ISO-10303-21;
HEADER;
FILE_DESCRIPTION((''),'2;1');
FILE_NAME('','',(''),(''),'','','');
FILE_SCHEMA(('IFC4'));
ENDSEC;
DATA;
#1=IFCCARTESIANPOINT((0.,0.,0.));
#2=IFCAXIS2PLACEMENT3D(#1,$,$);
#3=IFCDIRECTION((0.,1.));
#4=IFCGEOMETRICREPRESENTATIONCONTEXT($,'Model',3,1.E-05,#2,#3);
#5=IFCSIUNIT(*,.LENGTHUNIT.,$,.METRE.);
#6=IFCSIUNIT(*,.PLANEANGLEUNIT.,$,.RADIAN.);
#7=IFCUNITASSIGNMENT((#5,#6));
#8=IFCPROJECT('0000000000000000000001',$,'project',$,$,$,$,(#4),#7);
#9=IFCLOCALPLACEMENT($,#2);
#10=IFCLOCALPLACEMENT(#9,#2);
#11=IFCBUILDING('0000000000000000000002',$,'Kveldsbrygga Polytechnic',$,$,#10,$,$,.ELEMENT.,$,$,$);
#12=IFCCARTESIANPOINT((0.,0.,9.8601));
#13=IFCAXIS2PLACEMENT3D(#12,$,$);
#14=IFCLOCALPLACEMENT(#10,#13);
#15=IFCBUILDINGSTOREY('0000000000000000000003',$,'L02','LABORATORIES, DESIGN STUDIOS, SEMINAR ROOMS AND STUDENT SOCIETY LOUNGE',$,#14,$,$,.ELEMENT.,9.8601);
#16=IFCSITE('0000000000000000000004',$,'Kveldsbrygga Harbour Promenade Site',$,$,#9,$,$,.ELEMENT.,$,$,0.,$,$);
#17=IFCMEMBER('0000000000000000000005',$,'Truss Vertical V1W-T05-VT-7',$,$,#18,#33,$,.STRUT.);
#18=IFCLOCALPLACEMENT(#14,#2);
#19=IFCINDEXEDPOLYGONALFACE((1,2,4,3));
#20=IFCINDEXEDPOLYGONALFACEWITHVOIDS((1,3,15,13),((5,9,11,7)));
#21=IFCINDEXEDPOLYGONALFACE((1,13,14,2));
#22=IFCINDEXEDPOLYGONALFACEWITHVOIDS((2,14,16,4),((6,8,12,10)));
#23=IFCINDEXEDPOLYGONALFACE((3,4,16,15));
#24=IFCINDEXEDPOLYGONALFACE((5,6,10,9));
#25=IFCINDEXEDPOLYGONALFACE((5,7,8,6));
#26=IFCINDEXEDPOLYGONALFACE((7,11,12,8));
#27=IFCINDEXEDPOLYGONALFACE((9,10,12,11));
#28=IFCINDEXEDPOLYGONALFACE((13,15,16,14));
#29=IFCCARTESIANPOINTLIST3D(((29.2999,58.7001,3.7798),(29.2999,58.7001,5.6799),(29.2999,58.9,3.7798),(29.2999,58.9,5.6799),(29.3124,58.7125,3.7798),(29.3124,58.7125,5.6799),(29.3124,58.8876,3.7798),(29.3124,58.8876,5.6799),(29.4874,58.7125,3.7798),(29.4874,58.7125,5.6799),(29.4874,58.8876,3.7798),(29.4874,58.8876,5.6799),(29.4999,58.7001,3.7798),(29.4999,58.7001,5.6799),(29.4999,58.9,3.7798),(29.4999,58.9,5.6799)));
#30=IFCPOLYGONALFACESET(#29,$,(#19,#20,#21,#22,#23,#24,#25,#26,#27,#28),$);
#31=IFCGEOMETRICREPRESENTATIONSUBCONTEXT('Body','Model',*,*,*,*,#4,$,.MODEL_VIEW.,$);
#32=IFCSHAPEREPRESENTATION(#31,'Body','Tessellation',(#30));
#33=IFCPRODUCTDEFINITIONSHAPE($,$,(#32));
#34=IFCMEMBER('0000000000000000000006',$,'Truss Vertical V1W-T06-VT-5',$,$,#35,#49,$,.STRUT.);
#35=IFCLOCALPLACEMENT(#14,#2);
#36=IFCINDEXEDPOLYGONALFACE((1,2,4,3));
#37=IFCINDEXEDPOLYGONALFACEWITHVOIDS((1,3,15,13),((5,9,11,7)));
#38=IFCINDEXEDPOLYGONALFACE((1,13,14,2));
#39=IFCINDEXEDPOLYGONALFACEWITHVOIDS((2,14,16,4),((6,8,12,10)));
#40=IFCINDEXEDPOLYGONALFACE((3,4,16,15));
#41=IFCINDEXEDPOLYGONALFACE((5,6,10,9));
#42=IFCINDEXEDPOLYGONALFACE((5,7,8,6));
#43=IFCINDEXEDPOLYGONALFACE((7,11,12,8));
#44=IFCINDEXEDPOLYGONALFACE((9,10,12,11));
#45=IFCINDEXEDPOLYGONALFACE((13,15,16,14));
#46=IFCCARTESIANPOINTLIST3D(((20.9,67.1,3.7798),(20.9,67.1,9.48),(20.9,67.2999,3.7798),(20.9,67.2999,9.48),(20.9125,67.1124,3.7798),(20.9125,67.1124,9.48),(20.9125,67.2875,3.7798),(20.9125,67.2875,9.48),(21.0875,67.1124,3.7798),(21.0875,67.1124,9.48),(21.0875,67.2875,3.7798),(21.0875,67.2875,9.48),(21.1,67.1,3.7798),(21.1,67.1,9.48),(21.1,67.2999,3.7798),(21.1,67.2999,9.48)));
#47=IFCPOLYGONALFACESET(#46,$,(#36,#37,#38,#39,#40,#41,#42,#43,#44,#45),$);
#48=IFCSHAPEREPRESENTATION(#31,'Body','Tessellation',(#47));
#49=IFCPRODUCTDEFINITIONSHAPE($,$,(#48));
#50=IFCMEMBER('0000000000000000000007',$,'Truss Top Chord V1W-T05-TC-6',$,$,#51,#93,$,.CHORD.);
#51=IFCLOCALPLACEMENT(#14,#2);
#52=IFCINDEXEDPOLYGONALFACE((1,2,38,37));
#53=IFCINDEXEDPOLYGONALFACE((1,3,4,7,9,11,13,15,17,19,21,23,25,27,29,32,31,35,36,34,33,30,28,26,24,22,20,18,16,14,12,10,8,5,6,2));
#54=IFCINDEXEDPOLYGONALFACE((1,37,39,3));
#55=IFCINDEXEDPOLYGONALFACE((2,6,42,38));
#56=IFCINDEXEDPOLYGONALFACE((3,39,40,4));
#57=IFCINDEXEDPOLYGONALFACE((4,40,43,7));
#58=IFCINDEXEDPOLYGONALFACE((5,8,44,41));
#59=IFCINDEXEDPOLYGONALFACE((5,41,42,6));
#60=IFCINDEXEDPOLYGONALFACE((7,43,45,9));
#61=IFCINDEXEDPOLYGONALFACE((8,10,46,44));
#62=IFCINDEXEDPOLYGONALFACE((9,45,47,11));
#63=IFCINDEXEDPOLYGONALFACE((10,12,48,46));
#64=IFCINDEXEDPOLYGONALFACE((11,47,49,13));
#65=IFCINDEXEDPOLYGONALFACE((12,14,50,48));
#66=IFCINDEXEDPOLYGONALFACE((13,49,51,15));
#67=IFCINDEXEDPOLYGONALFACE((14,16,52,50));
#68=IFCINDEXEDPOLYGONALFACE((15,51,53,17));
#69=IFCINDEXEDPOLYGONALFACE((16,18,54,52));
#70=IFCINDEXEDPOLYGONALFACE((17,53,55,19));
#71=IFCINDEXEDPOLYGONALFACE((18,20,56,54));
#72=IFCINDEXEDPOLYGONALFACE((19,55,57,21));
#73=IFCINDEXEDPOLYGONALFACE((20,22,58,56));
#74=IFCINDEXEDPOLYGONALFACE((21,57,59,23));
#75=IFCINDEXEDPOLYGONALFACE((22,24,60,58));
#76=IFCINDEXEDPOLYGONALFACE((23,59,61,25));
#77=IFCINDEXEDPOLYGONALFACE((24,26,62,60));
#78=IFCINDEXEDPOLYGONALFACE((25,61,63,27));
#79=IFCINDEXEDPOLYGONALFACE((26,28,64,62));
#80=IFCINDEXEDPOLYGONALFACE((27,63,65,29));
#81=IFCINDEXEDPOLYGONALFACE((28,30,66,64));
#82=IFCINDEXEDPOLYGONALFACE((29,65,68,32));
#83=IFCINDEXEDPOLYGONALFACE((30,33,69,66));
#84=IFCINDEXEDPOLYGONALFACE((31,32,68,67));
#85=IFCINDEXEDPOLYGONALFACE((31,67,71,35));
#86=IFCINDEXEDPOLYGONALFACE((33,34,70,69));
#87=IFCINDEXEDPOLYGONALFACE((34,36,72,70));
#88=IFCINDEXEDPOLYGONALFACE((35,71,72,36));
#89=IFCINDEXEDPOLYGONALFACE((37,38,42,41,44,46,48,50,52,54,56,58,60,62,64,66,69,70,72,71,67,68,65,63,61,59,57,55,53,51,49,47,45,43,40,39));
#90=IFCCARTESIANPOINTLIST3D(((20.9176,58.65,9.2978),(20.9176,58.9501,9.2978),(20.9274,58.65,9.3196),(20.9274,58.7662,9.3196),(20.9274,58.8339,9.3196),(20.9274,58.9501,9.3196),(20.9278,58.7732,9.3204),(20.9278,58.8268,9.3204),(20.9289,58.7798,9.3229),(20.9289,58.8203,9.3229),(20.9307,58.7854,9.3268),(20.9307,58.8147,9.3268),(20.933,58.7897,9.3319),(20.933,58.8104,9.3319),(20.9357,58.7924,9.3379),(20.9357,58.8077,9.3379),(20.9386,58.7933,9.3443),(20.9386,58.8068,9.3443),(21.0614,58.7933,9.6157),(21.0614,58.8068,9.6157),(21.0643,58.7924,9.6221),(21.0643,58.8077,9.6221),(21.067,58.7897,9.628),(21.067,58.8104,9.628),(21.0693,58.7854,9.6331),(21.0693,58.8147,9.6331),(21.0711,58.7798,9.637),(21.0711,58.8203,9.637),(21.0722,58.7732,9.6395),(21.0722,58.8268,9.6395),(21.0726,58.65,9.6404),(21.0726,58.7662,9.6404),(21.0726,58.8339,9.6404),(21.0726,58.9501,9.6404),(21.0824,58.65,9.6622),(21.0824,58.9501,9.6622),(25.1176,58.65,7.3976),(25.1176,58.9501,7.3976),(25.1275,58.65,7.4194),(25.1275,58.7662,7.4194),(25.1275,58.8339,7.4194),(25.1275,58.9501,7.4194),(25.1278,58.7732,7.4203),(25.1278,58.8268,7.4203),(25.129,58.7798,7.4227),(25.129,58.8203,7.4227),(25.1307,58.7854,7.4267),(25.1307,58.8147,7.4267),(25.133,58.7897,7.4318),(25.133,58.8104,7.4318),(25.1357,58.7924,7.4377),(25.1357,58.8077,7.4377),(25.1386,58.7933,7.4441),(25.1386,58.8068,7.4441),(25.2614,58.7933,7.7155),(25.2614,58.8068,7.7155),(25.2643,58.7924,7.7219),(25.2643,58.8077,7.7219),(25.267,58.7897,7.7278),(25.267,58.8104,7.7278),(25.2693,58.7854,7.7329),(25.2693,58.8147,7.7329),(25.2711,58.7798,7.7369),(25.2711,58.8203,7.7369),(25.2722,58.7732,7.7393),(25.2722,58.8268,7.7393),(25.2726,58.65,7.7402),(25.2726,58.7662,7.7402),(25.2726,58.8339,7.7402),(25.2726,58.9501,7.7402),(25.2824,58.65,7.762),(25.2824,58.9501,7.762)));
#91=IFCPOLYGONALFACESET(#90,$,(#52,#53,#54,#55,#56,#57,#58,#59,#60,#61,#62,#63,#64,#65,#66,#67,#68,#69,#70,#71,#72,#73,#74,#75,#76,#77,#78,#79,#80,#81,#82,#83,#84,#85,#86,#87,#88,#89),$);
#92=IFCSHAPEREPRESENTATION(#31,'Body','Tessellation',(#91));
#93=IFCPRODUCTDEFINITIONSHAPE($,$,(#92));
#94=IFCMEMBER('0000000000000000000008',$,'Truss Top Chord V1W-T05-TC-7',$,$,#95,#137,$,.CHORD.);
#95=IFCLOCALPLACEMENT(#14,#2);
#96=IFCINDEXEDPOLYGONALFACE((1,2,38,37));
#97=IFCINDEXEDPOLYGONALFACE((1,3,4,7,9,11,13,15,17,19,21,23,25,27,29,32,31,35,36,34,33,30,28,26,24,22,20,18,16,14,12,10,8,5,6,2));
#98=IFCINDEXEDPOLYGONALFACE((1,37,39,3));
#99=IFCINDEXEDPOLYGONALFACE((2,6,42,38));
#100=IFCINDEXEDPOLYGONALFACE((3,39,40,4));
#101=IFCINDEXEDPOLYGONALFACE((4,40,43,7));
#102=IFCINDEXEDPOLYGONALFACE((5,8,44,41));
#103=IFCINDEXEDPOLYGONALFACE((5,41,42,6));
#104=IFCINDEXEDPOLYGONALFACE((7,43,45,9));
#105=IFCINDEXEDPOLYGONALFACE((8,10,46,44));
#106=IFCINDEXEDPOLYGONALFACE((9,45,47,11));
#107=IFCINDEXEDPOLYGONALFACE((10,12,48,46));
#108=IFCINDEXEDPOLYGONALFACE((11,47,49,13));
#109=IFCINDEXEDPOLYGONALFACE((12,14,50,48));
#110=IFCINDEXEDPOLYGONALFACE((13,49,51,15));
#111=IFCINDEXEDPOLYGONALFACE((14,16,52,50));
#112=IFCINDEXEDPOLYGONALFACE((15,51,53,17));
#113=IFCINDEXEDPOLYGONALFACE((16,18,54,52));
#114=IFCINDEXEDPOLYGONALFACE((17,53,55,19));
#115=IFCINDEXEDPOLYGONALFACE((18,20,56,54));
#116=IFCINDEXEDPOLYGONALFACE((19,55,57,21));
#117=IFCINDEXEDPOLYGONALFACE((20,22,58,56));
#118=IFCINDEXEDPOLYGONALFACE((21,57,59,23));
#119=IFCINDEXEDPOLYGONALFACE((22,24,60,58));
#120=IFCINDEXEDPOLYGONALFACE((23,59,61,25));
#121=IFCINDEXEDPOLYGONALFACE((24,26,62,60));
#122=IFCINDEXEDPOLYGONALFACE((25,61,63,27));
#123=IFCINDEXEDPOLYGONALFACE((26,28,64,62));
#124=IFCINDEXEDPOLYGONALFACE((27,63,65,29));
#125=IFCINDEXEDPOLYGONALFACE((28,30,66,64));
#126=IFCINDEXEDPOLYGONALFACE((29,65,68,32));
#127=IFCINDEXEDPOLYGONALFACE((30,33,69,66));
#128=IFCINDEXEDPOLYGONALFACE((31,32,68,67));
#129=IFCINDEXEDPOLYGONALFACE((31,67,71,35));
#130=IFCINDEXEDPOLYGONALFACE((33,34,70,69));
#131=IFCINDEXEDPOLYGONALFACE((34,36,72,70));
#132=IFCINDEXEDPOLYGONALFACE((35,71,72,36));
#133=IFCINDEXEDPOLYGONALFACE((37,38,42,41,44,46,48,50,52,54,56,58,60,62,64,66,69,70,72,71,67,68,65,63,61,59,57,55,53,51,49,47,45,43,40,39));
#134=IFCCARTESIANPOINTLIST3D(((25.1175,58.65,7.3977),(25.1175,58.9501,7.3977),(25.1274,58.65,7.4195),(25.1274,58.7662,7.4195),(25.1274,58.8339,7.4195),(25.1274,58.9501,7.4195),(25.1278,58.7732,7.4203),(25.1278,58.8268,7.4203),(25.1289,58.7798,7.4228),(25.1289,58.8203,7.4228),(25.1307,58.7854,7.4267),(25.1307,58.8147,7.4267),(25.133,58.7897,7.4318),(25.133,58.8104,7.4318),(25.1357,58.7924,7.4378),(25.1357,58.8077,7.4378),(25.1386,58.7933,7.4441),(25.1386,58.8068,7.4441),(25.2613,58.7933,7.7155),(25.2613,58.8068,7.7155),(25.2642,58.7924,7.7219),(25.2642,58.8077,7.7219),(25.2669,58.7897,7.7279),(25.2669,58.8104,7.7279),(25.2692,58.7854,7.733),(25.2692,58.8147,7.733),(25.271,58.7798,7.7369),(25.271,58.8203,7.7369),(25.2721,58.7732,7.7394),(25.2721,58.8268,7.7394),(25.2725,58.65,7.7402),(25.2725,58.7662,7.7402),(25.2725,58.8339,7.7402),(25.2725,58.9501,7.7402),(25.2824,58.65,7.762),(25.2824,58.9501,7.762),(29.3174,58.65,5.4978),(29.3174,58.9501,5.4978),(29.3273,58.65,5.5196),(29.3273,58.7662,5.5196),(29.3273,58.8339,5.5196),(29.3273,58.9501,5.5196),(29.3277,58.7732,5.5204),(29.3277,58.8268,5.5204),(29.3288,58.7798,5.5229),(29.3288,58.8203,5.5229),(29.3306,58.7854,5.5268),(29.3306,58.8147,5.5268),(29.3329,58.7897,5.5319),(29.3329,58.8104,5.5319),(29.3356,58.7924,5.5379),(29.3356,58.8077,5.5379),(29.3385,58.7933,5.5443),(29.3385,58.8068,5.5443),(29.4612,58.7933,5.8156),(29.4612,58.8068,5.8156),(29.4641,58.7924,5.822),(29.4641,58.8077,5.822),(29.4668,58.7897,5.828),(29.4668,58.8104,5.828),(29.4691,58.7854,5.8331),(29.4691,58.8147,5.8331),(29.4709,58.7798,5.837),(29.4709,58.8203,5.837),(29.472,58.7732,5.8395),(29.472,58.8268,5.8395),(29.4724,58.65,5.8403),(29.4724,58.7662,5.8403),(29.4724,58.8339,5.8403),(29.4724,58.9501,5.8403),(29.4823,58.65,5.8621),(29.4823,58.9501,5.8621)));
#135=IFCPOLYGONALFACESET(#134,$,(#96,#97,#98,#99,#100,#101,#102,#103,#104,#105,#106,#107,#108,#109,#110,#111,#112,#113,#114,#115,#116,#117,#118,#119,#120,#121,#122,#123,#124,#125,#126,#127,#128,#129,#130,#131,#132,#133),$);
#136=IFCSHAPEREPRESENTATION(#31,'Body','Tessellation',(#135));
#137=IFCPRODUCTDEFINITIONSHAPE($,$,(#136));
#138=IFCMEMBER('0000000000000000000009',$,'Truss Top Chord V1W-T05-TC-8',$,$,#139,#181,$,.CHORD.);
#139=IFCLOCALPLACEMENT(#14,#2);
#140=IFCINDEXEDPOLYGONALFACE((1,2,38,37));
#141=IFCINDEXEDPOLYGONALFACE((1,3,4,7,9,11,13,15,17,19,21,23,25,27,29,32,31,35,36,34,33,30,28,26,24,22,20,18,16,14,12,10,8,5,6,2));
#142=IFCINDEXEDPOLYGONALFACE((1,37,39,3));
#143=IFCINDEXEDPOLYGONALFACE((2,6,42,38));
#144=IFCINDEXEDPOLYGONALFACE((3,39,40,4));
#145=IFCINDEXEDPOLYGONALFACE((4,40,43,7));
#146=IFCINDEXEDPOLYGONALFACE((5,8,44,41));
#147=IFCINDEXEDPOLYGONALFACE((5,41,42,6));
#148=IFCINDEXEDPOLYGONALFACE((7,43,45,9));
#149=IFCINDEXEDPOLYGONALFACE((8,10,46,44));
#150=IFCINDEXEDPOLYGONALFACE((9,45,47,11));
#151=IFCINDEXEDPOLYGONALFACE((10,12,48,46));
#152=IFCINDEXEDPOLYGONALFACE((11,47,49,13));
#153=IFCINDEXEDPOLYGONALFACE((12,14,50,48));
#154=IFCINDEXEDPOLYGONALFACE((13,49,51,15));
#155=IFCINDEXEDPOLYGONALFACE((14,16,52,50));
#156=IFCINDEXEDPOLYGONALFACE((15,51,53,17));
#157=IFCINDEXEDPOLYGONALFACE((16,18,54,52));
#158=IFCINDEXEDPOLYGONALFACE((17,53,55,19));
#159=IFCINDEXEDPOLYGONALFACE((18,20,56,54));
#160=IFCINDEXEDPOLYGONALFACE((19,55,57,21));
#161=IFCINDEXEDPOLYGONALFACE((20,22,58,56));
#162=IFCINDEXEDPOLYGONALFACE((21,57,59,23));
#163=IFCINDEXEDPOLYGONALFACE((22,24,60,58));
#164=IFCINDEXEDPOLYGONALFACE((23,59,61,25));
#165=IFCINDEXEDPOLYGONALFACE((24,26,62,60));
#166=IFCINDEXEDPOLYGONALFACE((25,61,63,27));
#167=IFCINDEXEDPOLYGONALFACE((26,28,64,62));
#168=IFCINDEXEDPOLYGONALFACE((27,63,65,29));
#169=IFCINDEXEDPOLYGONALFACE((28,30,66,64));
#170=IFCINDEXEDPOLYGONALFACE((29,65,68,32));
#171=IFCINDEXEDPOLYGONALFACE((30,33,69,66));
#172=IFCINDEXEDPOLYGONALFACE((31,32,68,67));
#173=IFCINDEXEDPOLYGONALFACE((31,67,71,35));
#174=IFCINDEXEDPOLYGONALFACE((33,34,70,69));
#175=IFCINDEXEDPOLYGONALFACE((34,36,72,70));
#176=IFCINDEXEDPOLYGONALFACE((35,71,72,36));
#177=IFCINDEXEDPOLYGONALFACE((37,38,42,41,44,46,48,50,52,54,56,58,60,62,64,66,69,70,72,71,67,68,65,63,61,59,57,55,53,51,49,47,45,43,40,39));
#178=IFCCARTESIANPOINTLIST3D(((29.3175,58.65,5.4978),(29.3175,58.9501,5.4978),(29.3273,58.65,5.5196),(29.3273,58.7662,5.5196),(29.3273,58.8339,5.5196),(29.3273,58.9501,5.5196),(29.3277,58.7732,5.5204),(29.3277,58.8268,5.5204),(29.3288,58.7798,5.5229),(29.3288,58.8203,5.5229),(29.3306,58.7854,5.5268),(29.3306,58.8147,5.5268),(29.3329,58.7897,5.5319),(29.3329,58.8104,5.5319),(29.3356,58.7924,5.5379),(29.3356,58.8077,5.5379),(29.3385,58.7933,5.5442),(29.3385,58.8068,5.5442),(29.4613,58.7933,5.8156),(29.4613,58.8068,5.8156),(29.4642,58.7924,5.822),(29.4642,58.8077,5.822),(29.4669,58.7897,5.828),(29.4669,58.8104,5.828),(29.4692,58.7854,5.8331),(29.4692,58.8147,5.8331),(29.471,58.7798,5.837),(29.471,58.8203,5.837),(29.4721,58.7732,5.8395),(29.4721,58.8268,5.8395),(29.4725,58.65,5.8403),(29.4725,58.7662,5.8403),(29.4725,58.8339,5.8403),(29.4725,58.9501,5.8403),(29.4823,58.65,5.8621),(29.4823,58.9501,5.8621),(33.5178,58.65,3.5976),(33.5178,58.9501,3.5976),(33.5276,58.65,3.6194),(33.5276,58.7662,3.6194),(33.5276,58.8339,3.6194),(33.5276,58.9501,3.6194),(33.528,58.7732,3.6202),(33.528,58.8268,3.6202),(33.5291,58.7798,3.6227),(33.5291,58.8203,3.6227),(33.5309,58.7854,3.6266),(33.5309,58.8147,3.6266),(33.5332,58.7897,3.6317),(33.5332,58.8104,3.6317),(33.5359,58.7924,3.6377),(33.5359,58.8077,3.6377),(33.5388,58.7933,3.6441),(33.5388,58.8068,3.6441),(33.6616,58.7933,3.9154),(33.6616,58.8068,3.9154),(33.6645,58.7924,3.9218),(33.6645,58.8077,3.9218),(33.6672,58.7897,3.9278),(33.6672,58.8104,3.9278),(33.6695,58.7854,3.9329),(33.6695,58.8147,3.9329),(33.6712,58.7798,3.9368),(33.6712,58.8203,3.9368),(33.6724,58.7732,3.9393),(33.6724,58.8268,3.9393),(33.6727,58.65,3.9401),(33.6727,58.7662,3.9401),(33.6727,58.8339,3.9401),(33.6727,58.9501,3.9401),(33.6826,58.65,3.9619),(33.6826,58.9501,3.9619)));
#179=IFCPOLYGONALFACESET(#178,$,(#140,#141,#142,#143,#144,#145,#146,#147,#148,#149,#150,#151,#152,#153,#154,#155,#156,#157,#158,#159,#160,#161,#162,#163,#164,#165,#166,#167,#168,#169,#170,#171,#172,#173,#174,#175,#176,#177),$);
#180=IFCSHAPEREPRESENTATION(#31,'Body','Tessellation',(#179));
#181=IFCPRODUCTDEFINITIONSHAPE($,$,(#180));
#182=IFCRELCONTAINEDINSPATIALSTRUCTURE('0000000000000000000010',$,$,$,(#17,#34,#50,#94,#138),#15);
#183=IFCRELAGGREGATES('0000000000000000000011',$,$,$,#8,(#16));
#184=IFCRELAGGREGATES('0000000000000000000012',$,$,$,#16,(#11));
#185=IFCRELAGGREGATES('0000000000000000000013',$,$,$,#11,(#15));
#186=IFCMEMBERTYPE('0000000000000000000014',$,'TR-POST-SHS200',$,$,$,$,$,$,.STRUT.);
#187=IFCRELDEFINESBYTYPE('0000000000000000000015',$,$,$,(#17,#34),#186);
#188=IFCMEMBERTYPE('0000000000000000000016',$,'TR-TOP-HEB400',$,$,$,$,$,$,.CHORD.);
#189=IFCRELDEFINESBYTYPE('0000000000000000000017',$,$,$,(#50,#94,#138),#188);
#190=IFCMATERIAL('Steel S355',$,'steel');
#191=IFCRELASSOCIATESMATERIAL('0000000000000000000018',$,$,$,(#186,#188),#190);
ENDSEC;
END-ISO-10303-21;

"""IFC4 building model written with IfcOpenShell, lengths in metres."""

from ifc_helpers import new_model, si_unit, direction, frame, origin, origin_2d, place, context, subcontext, project, spatial, hollow_rectangle, i_section, extrude, material, material_profile, profile_set, type_object, element, save


model = new_model("IFC4")

# Units and contexts
model_context = context("Model", 3, precision=1e-05, world=origin(), true_north=direction((0.0, 1.0)))
body_context = subcontext(model_context, "Body", "Model", "MODEL_VIEW")
ifc_project = project(units=[si_unit("LENGTHUNIT", "METRE"), si_unit("PLANEANGLEUNIT", "RADIAN")], contexts=[model_context])

# Site, building, storey
site_placement = place(None, origin())
site = spatial("IfcSite", under=ifc_project, at=site_placement, Name="Kveldsbrygga Harbour Promenade Site", CompositionType="ELEMENT", RefElevation=0.0)
building_placement = place(site_placement, origin())
building = spatial("IfcBuilding", under=site, at=building_placement, Name="Kveldsbrygga Polytechnic", CompositionType="ELEMENT")
storey_placement = place(building_placement, frame((0.0, 0.0, 9.8601)))
storey = spatial("IfcBuildingStorey", under=building, at=storey_placement, Name="L02", Description="LABORATORIES, DESIGN STUDIOS, SEMINAR ROOMS AND STUDENT SOCIETY LOUNGE", CompositionType="ELEMENT", Elevation=9.8601)

# Members
ifc_material = material(Name="Steel S355", Category="steel")
ifc_material_profile_1 = material_profile(ifc_material, hollow_rectangle(XDim=0.2, YDim=0.2, WallThickness=0.0125, at=origin_2d()), Name="SHS 200x200x12.5")
ifc_profile_set_1 = profile_set([ifc_material_profile_1], Name="Steel S355")
member_type_1 = type_object("IfcMemberType", Name="TR-POST-SHS200", PredefinedType="STRUT", material=ifc_profile_set_1)
member_1_placement = place(storey_placement, frame((29.3999, 58.8, 3.7798), z_axis=(0.0, 0.0, 1.0), x_axis=(1.0, 0.0, 0.0)))
element("IfcMember", 1, at=member_1_placement, inside=storey, type_object=member_type_1, Name="Truss Vertical V1W-T05-VT-7", PredefinedType="STRUT", context=body_context, shape_type="SweptSolid", body=[
    extrude(hollow_rectangle(XDim=0.2, YDim=0.2, WallThickness=0.0125, at=origin_2d()), origin(), (0.0, 0.0, 1.0), 1.9001),
])
member_2_placement = place(storey_placement, frame((21.0, 67.2, 3.7798), z_axis=(0.0, 0.0, 1.0), x_axis=(1.0, 0.0, 0.0)))
element("IfcMember", 2, at=member_2_placement, inside=storey, type_object=member_type_1, Name="Truss Vertical V1W-T06-VT-5", PredefinedType="STRUT", context=body_context, shape_type="SweptSolid", body=[
    extrude(hollow_rectangle(XDim=0.2, YDim=0.2, WallThickness=0.0125, at=origin_2d()), origin(), (0.0, 0.0, 1.0), 5.7002),
])
ifc_material_profile_2 = material_profile(ifc_material, i_section(OverallWidth=0.3, OverallDepth=0.3999, WebThickness=0.0134, FlangeThickness=0.0239, FilletRadius=0.0271, at=origin_2d()), Name="HEB 400")
ifc_profile_set_2 = profile_set([ifc_material_profile_2], Name="Steel S355")
member_type_2 = type_object("IfcMemberType", Name="TR-TOP-HEB400", PredefinedType="CHORD", material=ifc_profile_set_2)
member_3_placement = place(storey_placement, frame((21.0, 58.8, 9.48), z_axis=(0.911094, 0.0, -0.412198), x_axis=(0.0, 1.0, 0.0)))
element("IfcMember", 3, at=member_3_placement, inside=storey, type_object=member_type_2, Name="Truss Top Chord V1W-T05-TC-6", PredefinedType="CHORD", context=body_context, shape_type="SweptSolid", body=[
    extrude(i_section(OverallWidth=0.3, OverallDepth=0.3999, WebThickness=0.0134, FlangeThickness=0.0239, FilletRadius=0.0271, at=origin_2d()), origin(), (0.0, 0.0, 1.0), 4.6099),
])
member_4_placement = place(storey_placement, frame((25.2, 58.8, 7.5798), z_axis=(0.911114, 0.0, -0.412154), x_axis=(0.0, 1.0, 0.0)))
element("IfcMember", 4, at=member_4_placement, inside=storey, type_object=member_type_2, Name="Truss Top Chord V1W-T05-TC-7", PredefinedType="CHORD", context=body_context, shape_type="SweptSolid", body=[
    extrude(i_section(OverallWidth=0.3, OverallDepth=0.3999, WebThickness=0.0134, FlangeThickness=0.0239, FilletRadius=0.0271, at=origin_2d()), origin(), (0.0, 0.0, 1.0), 4.6096),
])
member_5_placement = place(storey_placement, frame((29.3999, 58.8, 5.6799), z_axis=(0.911103, 0.0, -0.412178), x_axis=(0.0, 1.0, 0.0)))
element("IfcMember", 5, at=member_5_placement, inside=storey, type_object=member_type_2, Name="Truss Top Chord V1W-T05-TC-8", PredefinedType="CHORD", context=body_context, shape_type="SweptSolid", body=[
    extrude(i_section(OverallWidth=0.3, OverallDepth=0.3999, WebThickness=0.0134, FlangeThickness=0.0239, FilletRadius=0.0271, at=origin_2d()), origin(), (0.0, 0.0, 1.0), 4.6101),
])

save(model, "model.ifc")
